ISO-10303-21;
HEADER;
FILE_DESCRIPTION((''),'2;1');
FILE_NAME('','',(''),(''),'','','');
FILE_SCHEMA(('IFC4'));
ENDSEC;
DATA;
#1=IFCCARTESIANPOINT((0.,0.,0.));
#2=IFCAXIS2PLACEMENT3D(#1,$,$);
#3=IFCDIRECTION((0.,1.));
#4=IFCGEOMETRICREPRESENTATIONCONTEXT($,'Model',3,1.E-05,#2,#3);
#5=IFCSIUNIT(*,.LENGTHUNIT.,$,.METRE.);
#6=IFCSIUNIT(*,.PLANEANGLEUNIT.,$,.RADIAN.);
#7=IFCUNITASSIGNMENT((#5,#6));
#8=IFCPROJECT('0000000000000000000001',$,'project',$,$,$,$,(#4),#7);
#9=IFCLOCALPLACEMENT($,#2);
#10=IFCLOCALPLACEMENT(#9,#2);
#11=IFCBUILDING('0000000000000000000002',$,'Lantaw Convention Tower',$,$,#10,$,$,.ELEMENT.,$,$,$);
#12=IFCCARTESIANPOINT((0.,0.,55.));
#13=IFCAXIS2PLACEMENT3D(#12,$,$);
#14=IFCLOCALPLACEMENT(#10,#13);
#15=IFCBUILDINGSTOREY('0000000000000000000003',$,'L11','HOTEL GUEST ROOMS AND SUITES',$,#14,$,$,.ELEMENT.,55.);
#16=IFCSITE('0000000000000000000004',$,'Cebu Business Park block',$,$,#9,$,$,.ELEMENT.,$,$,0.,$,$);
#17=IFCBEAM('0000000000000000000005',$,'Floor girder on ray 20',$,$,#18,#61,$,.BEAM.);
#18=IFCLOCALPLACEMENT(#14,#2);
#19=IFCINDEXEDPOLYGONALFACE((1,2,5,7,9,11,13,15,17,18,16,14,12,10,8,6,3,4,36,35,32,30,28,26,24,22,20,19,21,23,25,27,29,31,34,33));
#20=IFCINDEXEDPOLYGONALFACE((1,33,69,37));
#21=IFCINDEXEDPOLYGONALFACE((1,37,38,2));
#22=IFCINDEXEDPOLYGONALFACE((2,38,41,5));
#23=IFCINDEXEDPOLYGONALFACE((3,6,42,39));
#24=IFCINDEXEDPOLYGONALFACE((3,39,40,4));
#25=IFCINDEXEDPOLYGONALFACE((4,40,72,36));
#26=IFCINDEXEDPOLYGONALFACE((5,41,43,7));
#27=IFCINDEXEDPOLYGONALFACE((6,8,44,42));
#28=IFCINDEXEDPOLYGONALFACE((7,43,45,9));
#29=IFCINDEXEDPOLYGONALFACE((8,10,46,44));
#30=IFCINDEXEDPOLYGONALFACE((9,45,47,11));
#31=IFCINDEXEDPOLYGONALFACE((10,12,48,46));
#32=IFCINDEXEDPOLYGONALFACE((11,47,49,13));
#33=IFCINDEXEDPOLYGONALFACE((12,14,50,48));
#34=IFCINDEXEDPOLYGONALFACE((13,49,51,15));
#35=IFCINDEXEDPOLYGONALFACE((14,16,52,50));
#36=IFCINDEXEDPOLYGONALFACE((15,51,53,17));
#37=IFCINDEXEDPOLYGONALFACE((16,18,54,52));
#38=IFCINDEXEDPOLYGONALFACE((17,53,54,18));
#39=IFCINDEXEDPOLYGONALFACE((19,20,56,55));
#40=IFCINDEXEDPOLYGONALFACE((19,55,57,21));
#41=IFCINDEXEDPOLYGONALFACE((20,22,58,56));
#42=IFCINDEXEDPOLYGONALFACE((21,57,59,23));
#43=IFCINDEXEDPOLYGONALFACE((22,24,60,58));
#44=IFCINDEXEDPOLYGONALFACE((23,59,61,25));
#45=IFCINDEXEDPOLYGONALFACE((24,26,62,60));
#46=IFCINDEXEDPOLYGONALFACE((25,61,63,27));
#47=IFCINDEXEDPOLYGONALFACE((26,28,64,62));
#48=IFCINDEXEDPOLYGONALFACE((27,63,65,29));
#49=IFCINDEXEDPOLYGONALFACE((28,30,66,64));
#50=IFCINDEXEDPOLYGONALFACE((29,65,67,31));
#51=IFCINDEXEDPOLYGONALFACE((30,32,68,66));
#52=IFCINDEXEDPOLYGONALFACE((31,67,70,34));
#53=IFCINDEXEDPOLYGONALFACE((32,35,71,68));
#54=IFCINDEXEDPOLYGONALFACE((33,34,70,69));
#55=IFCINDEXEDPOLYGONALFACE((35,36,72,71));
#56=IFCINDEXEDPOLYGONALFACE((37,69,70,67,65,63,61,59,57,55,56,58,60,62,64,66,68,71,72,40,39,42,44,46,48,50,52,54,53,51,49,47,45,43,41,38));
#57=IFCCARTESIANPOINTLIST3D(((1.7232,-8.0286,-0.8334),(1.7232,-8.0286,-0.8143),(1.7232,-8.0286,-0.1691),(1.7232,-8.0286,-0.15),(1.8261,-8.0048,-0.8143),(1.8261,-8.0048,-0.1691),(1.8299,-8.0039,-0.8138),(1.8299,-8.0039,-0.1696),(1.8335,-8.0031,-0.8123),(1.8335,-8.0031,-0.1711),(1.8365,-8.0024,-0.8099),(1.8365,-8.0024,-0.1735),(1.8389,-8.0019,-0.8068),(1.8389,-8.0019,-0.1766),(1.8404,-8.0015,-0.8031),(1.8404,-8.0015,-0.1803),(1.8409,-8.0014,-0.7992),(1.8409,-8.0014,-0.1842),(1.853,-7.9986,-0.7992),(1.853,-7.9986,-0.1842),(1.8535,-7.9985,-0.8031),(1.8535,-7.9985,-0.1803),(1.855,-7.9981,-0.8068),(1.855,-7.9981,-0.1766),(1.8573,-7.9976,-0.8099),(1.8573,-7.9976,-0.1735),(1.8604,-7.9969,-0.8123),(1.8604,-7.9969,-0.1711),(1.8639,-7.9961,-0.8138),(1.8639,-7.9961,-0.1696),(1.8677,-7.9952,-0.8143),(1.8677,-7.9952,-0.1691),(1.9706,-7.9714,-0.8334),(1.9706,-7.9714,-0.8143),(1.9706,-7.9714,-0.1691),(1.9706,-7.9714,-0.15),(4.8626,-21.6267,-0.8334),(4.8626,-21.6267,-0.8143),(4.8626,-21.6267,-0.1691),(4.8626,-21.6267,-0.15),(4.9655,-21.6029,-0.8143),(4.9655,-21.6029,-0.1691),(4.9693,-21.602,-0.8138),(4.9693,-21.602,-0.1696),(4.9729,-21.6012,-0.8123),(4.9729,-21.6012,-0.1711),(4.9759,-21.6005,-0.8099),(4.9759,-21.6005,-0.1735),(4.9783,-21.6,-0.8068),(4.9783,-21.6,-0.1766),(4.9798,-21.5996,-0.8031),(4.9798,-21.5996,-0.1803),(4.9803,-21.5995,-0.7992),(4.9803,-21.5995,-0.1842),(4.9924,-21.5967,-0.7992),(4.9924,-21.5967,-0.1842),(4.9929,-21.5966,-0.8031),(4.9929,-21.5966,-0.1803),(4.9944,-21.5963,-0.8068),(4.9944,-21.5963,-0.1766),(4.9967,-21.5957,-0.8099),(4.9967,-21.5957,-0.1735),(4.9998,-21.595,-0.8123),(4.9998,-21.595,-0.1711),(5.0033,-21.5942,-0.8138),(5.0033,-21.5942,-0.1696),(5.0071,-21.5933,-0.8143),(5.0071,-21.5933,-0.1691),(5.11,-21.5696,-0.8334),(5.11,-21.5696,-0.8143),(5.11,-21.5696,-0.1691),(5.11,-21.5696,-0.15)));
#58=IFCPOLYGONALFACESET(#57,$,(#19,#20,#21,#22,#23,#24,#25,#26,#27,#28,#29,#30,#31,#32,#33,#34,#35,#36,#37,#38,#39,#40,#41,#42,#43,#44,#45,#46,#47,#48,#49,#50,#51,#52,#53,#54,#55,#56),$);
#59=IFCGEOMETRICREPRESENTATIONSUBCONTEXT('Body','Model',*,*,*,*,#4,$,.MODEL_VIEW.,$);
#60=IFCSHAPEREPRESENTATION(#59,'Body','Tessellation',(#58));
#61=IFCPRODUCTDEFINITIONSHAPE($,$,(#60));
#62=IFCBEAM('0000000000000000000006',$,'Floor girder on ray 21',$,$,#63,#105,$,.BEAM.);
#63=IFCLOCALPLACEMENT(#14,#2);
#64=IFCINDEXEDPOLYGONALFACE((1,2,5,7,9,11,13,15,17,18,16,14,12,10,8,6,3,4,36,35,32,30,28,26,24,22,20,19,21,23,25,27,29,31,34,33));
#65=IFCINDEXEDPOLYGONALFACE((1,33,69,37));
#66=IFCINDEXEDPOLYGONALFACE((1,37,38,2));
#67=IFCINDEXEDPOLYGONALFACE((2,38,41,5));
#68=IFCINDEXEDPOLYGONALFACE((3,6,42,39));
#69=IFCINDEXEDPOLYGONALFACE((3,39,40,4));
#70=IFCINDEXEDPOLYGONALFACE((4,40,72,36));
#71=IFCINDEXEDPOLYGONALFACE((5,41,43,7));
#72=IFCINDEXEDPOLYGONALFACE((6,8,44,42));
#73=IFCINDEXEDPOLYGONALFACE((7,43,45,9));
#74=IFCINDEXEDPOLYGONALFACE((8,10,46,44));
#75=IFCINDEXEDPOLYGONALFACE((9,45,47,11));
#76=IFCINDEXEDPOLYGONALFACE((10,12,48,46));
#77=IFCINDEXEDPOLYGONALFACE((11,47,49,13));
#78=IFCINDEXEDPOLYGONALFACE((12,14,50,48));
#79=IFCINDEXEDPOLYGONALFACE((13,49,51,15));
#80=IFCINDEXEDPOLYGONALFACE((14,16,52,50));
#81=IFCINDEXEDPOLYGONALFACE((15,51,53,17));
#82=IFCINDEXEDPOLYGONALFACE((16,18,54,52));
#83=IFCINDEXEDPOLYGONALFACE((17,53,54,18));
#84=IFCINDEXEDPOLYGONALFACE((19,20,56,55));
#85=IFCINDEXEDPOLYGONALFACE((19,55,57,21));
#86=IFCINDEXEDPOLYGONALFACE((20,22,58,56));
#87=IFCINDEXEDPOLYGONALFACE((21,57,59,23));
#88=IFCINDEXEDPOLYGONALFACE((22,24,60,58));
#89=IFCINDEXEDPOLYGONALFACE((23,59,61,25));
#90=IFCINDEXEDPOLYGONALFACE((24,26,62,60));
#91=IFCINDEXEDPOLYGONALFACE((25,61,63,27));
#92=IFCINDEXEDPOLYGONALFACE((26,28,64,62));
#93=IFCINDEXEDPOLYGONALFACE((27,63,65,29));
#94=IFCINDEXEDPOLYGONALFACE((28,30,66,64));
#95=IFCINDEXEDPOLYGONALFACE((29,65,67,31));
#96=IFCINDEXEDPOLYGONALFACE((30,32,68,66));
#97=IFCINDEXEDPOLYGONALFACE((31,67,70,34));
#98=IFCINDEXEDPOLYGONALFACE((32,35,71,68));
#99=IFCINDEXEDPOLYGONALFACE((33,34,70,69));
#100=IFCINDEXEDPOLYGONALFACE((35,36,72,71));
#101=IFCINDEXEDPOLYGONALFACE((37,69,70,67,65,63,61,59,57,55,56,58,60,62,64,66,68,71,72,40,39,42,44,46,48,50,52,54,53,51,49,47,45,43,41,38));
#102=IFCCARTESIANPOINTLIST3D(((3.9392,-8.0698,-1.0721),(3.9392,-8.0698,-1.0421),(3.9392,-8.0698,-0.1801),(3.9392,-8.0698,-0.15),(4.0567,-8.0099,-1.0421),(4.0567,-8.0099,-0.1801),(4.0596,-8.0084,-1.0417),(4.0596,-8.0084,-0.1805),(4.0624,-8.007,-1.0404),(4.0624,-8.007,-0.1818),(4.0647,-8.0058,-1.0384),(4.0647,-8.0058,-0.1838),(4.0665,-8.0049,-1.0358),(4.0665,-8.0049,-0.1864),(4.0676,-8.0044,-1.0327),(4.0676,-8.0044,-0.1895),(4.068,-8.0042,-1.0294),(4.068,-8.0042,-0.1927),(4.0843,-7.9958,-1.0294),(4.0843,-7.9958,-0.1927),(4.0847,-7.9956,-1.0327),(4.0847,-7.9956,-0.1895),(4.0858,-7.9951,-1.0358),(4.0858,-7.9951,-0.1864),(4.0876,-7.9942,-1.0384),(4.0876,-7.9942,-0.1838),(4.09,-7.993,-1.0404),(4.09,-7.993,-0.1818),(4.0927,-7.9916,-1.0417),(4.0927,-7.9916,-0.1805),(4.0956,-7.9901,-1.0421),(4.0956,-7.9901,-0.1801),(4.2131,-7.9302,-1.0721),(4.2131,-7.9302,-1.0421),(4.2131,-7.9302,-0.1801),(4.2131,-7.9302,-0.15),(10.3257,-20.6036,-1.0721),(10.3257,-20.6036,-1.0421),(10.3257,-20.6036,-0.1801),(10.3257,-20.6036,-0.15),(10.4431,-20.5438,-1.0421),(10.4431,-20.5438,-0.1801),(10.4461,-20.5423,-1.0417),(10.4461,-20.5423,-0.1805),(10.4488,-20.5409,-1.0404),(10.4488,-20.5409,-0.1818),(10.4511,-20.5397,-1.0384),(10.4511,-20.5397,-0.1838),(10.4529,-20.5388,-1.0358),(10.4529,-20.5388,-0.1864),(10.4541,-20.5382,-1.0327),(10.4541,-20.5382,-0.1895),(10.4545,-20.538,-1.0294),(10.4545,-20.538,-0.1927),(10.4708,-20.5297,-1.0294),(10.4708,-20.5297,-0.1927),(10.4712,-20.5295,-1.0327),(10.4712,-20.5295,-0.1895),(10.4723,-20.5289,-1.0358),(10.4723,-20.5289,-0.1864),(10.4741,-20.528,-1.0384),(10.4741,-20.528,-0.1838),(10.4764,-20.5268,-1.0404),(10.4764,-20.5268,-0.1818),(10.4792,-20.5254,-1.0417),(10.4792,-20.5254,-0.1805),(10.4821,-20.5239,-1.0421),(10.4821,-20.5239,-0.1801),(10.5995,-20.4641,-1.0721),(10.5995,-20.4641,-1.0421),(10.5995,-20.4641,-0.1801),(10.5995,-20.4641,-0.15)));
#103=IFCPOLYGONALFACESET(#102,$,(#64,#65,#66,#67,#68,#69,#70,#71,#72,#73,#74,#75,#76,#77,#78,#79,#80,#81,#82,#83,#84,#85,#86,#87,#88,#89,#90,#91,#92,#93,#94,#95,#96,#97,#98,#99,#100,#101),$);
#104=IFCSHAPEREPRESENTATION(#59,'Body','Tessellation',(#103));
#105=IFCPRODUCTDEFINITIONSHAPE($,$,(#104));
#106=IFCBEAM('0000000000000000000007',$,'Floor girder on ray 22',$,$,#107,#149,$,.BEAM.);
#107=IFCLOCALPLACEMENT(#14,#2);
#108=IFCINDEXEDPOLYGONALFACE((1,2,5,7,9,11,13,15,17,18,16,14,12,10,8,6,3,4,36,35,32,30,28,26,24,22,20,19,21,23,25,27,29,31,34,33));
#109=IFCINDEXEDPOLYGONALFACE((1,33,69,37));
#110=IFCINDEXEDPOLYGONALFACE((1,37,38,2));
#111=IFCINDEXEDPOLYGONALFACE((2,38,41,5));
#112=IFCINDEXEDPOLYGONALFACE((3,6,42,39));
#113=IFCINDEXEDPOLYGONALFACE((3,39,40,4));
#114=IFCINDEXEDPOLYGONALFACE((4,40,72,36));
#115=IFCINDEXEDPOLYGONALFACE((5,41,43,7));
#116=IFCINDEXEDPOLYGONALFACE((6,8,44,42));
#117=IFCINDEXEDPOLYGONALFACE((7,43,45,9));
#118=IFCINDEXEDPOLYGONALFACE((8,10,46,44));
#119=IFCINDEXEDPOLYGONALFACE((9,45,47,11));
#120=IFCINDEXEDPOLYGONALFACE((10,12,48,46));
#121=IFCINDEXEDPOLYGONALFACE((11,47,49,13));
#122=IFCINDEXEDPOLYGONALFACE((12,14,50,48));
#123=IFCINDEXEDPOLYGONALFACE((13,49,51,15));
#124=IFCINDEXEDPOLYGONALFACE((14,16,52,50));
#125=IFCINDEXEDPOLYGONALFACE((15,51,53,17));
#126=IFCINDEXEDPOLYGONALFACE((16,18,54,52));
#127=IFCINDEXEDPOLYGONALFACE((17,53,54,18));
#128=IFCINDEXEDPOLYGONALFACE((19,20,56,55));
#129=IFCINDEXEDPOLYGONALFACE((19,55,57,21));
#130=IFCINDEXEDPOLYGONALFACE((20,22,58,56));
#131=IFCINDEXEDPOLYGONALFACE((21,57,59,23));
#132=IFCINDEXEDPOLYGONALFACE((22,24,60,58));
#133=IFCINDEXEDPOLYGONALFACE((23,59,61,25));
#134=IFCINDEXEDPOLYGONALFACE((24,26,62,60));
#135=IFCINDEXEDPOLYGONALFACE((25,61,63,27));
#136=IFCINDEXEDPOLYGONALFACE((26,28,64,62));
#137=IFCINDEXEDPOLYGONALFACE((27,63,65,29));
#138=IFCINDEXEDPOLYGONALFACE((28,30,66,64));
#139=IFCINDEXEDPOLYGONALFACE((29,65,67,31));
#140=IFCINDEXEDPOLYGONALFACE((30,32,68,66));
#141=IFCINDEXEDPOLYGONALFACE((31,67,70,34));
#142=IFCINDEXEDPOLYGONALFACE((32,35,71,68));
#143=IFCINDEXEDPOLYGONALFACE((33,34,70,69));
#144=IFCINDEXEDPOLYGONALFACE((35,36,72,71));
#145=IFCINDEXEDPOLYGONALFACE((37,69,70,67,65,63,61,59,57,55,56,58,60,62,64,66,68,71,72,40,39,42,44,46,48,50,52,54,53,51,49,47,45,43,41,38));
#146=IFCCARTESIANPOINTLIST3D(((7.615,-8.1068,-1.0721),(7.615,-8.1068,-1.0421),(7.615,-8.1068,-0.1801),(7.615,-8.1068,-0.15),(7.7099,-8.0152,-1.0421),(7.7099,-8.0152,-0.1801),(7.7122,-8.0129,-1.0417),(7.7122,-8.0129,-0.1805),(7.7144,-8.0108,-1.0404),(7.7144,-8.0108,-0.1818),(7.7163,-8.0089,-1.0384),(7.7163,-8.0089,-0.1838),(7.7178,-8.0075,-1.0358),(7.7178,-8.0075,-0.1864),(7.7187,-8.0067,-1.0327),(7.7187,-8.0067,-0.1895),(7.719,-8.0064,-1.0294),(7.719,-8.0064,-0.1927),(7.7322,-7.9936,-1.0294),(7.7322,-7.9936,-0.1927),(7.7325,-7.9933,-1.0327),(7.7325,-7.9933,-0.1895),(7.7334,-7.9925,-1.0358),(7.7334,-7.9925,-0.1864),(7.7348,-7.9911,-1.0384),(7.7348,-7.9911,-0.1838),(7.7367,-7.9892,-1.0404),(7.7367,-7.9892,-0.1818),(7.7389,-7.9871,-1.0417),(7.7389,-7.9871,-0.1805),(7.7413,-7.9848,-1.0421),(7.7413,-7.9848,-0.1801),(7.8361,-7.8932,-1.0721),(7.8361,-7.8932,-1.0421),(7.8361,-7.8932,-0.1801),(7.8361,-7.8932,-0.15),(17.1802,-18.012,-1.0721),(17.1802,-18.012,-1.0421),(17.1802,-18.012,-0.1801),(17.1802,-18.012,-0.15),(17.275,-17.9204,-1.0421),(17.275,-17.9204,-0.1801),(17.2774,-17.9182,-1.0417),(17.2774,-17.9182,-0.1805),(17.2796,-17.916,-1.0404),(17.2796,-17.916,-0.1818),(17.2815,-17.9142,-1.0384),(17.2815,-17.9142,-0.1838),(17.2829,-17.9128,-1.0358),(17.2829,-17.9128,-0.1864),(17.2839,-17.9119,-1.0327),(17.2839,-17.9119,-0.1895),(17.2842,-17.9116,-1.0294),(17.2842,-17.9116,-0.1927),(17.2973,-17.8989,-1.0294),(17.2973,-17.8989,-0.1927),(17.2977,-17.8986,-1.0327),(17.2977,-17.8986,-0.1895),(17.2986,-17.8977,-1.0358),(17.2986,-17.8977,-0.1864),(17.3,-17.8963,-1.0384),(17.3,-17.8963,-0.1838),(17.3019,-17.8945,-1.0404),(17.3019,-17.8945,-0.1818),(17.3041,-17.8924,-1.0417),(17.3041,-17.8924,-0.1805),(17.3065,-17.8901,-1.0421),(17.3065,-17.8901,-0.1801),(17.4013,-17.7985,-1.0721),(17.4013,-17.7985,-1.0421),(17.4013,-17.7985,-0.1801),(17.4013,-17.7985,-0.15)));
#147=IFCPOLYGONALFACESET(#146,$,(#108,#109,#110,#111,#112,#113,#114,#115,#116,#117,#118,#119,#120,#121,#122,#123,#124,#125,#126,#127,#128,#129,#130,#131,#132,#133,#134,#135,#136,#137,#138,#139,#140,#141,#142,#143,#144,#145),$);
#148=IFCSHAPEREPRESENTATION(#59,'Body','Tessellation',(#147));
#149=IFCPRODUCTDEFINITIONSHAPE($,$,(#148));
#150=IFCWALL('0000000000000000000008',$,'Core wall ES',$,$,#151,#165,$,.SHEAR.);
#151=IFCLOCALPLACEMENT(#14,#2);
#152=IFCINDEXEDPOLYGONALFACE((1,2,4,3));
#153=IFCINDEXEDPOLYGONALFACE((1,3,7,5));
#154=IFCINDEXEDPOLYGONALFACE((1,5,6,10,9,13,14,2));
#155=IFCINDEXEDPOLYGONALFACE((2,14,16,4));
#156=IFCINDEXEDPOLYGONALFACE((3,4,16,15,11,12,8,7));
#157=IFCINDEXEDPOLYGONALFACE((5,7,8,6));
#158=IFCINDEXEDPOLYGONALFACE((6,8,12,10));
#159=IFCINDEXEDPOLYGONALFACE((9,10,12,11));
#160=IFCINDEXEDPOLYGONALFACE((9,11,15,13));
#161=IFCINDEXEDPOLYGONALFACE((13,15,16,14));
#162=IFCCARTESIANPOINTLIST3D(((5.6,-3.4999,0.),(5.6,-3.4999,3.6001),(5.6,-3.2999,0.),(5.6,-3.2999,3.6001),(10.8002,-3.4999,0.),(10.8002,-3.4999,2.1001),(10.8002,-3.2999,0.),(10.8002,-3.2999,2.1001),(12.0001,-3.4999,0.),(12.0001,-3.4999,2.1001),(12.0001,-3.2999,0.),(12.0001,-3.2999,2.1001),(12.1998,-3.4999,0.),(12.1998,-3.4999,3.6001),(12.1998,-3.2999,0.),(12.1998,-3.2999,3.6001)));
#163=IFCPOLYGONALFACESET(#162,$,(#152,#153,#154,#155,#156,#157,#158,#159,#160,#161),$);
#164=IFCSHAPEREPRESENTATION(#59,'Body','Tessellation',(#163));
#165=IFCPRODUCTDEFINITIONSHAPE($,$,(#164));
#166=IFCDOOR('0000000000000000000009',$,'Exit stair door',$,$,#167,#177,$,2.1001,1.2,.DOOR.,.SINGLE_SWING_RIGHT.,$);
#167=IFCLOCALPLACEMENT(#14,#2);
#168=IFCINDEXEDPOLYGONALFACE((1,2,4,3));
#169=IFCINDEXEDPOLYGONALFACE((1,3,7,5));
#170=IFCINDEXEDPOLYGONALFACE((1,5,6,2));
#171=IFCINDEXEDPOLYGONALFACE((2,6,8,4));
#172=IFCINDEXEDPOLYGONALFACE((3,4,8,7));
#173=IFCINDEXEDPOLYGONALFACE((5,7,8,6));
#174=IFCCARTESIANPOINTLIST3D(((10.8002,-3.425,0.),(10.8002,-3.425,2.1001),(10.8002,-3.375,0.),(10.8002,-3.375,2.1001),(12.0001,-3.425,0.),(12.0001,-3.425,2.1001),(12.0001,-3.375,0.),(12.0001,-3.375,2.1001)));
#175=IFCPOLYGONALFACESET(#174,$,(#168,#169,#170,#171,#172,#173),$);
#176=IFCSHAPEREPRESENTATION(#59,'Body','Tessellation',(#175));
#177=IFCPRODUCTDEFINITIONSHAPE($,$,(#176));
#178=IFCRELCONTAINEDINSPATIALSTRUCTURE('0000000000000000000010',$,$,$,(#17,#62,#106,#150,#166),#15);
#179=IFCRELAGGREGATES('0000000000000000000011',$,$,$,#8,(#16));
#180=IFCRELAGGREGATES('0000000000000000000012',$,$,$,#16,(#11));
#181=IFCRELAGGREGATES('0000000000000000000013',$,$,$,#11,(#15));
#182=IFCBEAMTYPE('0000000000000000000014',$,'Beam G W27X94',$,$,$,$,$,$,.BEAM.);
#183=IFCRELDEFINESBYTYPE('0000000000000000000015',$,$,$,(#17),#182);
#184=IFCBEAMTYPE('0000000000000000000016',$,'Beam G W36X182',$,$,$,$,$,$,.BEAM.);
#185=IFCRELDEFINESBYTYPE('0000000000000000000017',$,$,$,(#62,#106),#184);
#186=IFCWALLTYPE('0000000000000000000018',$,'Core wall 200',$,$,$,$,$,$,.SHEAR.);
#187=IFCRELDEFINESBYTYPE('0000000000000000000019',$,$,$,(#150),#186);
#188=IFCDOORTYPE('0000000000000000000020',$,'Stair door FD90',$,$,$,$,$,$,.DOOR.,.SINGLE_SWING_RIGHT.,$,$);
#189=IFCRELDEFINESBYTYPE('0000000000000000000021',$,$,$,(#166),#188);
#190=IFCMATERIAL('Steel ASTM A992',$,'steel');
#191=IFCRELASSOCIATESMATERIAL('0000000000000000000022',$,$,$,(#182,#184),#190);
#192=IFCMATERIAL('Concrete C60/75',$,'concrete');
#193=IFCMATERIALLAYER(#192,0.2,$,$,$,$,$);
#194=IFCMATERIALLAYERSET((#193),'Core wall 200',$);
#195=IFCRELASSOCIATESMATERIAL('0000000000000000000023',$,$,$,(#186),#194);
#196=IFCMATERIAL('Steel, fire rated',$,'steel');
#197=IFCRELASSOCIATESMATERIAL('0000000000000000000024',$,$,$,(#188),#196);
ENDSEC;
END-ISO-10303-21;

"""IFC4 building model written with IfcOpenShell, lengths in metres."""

from ifc_helpers import new_model, si_unit, direction, frame, frame_2d, origin, origin_2d, place, context, subcontext, project, spatial, rectangle, i_section, extrude, material, layer, layer_set, material_profile, profile_set, type_object, element, fill, save


model = new_model("IFC4")

# Units and contexts
model_context = context("Model", 3, precision=1e-05, world=origin(), true_north=direction((0.0, 1.0)))
body_context = subcontext(model_context, "Body", "Model", "MODEL_VIEW")
ifc_project = project(units=[si_unit("LENGTHUNIT", "METRE"), si_unit("PLANEANGLEUNIT", "RADIAN")], contexts=[model_context])

# Site, building, storey
site_placement = place(None, origin())
site = spatial("IfcSite", under=ifc_project, at=site_placement, Name="Cebu Business Park block", CompositionType="ELEMENT", RefElevation=0.0)
building_placement = place(site_placement, origin())
building = spatial("IfcBuilding", under=site, at=building_placement, Name="Lantaw Convention Tower", CompositionType="ELEMENT")
storey_placement = place(building_placement, frame((0.0, 0.0, 55.0)))
storey = spatial("IfcBuildingStorey", under=building, at=storey_placement, Name="L11", Description="HOTEL GUEST ROOMS AND SUITES", CompositionType="ELEMENT", Elevation=55.0)

# Beams
ifc_material_1 = material(Name="Steel ASTM A992", Category="steel")
ifc_material_profile_1 = material_profile(ifc_material_1, i_section(OverallWidth=0.2539, OverallDepth=0.6833, WebThickness=0.0125, FlangeThickness=0.019, FilletRadius=0.0151, at=origin_2d()), Name="W27X94")
ifc_profile_set_1 = profile_set([ifc_material_profile_1], Name="Steel ASTM A992")
beam_type_1 = type_object("IfcBeamType", Name="Beam G W27X94", PredefinedType="BEAM", material=ifc_profile_set_1)
beam_1_placement = place(storey_placement, frame((1.8469, -8.0, -0.4917), z_axis=(0.224953, -0.97437, 0.0), x_axis=(0.97437, 0.224953, 0.0)))
element("IfcBeam", 1, at=beam_1_placement, inside=storey, type_object=beam_type_1, Name="Floor girder on ray 20", PredefinedType="BEAM", context=body_context, shape_type="SweptSolid", body=[
    extrude(i_section(OverallWidth=0.2539, OverallDepth=0.6833, WebThickness=0.0125, FlangeThickness=0.019, FilletRadius=0.0151, at=origin_2d()), origin(), (0.0, 0.0, 1.0), 13.9558),
])
ifc_material_profile_2 = material_profile(ifc_material_1, i_section(OverallWidth=0.3074, OverallDepth=0.9221, WebThickness=0.0183, FlangeThickness=0.03, FilletRadius=0.0127, at=origin_2d()), Name="W36X182")
ifc_profile_set_2 = profile_set([ifc_material_profile_2], Name="Steel ASTM A992")
beam_type_2 = type_object("IfcBeamType", Name="Beam G W36X182", PredefinedType="BEAM", material=ifc_profile_set_2)
beam_2_placement = place(storey_placement, frame((4.0762, -8.0, -0.6111), z_axis=(0.453997, -0.891003, 0.0), x_axis=(0.891003, 0.453997, 0.0)))
element("IfcBeam", 2, at=beam_2_placement, inside=storey, type_object=beam_type_2, Name="Floor girder on ray 21", PredefinedType="BEAM", context=body_context, shape_type="SweptSolid", body=[
    extrude(i_section(OverallWidth=0.3074, OverallDepth=0.9221, WebThickness=0.0183, FlangeThickness=0.03, FilletRadius=0.0127, at=origin_2d()), origin(), (0.0, 0.0, 1.0), 14.0671),
])
beam_3_placement = place(storey_placement, frame((7.7256, -8.0, -0.6111), z_axis=(0.69465, -0.719348, 0.0), x_axis=(0.719348, 0.69465, 0.0)))
element("IfcBeam", 3, at=beam_3_placement, inside=storey, type_object=beam_type_2, Name="Floor girder on ray 22", PredefinedType="BEAM", context=body_context, shape_type="SweptSolid", body=[
    extrude(i_section(OverallWidth=0.3074, OverallDepth=0.9221, WebThickness=0.0183, FlangeThickness=0.03, FilletRadius=0.0127, at=origin_2d()), origin(), (0.0, 0.0, 1.0), 13.7698),
])

# Wall, opening, door
ifc_material_2 = material(Name="Concrete C60/75", Category="concrete")
ifc_layer_1 = layer(ifc_material_2, 0.2)
ifc_layer_set_1 = layer_set([ifc_layer_1], Name="Core wall 200")
wall_type_1 = type_object("IfcWallType", Name="Core wall 200", PredefinedType="SHEAR", material=ifc_layer_set_1)
wall_1_placement = place(storey_placement, frame((5.6001, -3.3999, 0.0), z_axis=(0.0, 0.0, 1.0), x_axis=(1.0, 0.0, 0.0)))
wall_1 = element("IfcWall", 4, at=wall_1_placement, inside=storey, type_object=wall_type_1, Name="Core wall ES", PredefinedType="SHEAR", context=body_context, shape_type="SweptSolid", body=[
    extrude(rectangle(XDim=6.5999, YDim=0.2, at=frame_2d((3.2998, 0.0))), origin(), (0.0, 0.0, 1.0), 3.6001),
])
opening_1_placement = place(wall_1_placement, frame((5.2, 0.0, 0.0)))
opening_1 = element("IfcOpeningElement", 5, at=opening_1_placement, cuts=wall_1, PredefinedType="OPENING", context=body_context, shape_type="SweptSolid", body=[
    extrude(rectangle(XDim=1.2, YDim=2.1001, at=frame_2d((0.6001, 1.05))), frame((0.0, 0.1099, 0.0), z_axis=(0.0, -1.0, 0.0), x_axis=(1.0, 0.0, 0.0)), (0.0, 0.0, 1.0), 0.22),
])
ifc_material_3 = material(Name="Steel, fire rated", Category="steel")
door_type_1 = type_object("IfcDoorType", Name="Stair door FD90", OperationType="SINGLE_SWING_RIGHT", PredefinedType="DOOR", material=ifc_material_3)
door_1_placement = place(opening_1_placement, origin())
door_1 = element("IfcDoor", 6, at=door_1_placement, inside=storey, type_object=door_type_1, Name="Exit stair door", OperationType="SINGLE_SWING_RIGHT", OverallHeight=2.1001, OverallWidth=1.2, PredefinedType="DOOR", context=body_context, shape_type="SweptSolid", body=[
    extrude(rectangle(XDim=1.2, YDim=2.1001, at=frame_2d((0.6001, 1.05))), frame((0.0, 0.0249, 0.0), z_axis=(0.0, -1.0, 0.0), x_axis=(1.0, 0.0, 0.0)), (0.0, 0.0, 1.0), 0.05),
])
fill(opening_1, door_1)

save(model, "model.ifc")
